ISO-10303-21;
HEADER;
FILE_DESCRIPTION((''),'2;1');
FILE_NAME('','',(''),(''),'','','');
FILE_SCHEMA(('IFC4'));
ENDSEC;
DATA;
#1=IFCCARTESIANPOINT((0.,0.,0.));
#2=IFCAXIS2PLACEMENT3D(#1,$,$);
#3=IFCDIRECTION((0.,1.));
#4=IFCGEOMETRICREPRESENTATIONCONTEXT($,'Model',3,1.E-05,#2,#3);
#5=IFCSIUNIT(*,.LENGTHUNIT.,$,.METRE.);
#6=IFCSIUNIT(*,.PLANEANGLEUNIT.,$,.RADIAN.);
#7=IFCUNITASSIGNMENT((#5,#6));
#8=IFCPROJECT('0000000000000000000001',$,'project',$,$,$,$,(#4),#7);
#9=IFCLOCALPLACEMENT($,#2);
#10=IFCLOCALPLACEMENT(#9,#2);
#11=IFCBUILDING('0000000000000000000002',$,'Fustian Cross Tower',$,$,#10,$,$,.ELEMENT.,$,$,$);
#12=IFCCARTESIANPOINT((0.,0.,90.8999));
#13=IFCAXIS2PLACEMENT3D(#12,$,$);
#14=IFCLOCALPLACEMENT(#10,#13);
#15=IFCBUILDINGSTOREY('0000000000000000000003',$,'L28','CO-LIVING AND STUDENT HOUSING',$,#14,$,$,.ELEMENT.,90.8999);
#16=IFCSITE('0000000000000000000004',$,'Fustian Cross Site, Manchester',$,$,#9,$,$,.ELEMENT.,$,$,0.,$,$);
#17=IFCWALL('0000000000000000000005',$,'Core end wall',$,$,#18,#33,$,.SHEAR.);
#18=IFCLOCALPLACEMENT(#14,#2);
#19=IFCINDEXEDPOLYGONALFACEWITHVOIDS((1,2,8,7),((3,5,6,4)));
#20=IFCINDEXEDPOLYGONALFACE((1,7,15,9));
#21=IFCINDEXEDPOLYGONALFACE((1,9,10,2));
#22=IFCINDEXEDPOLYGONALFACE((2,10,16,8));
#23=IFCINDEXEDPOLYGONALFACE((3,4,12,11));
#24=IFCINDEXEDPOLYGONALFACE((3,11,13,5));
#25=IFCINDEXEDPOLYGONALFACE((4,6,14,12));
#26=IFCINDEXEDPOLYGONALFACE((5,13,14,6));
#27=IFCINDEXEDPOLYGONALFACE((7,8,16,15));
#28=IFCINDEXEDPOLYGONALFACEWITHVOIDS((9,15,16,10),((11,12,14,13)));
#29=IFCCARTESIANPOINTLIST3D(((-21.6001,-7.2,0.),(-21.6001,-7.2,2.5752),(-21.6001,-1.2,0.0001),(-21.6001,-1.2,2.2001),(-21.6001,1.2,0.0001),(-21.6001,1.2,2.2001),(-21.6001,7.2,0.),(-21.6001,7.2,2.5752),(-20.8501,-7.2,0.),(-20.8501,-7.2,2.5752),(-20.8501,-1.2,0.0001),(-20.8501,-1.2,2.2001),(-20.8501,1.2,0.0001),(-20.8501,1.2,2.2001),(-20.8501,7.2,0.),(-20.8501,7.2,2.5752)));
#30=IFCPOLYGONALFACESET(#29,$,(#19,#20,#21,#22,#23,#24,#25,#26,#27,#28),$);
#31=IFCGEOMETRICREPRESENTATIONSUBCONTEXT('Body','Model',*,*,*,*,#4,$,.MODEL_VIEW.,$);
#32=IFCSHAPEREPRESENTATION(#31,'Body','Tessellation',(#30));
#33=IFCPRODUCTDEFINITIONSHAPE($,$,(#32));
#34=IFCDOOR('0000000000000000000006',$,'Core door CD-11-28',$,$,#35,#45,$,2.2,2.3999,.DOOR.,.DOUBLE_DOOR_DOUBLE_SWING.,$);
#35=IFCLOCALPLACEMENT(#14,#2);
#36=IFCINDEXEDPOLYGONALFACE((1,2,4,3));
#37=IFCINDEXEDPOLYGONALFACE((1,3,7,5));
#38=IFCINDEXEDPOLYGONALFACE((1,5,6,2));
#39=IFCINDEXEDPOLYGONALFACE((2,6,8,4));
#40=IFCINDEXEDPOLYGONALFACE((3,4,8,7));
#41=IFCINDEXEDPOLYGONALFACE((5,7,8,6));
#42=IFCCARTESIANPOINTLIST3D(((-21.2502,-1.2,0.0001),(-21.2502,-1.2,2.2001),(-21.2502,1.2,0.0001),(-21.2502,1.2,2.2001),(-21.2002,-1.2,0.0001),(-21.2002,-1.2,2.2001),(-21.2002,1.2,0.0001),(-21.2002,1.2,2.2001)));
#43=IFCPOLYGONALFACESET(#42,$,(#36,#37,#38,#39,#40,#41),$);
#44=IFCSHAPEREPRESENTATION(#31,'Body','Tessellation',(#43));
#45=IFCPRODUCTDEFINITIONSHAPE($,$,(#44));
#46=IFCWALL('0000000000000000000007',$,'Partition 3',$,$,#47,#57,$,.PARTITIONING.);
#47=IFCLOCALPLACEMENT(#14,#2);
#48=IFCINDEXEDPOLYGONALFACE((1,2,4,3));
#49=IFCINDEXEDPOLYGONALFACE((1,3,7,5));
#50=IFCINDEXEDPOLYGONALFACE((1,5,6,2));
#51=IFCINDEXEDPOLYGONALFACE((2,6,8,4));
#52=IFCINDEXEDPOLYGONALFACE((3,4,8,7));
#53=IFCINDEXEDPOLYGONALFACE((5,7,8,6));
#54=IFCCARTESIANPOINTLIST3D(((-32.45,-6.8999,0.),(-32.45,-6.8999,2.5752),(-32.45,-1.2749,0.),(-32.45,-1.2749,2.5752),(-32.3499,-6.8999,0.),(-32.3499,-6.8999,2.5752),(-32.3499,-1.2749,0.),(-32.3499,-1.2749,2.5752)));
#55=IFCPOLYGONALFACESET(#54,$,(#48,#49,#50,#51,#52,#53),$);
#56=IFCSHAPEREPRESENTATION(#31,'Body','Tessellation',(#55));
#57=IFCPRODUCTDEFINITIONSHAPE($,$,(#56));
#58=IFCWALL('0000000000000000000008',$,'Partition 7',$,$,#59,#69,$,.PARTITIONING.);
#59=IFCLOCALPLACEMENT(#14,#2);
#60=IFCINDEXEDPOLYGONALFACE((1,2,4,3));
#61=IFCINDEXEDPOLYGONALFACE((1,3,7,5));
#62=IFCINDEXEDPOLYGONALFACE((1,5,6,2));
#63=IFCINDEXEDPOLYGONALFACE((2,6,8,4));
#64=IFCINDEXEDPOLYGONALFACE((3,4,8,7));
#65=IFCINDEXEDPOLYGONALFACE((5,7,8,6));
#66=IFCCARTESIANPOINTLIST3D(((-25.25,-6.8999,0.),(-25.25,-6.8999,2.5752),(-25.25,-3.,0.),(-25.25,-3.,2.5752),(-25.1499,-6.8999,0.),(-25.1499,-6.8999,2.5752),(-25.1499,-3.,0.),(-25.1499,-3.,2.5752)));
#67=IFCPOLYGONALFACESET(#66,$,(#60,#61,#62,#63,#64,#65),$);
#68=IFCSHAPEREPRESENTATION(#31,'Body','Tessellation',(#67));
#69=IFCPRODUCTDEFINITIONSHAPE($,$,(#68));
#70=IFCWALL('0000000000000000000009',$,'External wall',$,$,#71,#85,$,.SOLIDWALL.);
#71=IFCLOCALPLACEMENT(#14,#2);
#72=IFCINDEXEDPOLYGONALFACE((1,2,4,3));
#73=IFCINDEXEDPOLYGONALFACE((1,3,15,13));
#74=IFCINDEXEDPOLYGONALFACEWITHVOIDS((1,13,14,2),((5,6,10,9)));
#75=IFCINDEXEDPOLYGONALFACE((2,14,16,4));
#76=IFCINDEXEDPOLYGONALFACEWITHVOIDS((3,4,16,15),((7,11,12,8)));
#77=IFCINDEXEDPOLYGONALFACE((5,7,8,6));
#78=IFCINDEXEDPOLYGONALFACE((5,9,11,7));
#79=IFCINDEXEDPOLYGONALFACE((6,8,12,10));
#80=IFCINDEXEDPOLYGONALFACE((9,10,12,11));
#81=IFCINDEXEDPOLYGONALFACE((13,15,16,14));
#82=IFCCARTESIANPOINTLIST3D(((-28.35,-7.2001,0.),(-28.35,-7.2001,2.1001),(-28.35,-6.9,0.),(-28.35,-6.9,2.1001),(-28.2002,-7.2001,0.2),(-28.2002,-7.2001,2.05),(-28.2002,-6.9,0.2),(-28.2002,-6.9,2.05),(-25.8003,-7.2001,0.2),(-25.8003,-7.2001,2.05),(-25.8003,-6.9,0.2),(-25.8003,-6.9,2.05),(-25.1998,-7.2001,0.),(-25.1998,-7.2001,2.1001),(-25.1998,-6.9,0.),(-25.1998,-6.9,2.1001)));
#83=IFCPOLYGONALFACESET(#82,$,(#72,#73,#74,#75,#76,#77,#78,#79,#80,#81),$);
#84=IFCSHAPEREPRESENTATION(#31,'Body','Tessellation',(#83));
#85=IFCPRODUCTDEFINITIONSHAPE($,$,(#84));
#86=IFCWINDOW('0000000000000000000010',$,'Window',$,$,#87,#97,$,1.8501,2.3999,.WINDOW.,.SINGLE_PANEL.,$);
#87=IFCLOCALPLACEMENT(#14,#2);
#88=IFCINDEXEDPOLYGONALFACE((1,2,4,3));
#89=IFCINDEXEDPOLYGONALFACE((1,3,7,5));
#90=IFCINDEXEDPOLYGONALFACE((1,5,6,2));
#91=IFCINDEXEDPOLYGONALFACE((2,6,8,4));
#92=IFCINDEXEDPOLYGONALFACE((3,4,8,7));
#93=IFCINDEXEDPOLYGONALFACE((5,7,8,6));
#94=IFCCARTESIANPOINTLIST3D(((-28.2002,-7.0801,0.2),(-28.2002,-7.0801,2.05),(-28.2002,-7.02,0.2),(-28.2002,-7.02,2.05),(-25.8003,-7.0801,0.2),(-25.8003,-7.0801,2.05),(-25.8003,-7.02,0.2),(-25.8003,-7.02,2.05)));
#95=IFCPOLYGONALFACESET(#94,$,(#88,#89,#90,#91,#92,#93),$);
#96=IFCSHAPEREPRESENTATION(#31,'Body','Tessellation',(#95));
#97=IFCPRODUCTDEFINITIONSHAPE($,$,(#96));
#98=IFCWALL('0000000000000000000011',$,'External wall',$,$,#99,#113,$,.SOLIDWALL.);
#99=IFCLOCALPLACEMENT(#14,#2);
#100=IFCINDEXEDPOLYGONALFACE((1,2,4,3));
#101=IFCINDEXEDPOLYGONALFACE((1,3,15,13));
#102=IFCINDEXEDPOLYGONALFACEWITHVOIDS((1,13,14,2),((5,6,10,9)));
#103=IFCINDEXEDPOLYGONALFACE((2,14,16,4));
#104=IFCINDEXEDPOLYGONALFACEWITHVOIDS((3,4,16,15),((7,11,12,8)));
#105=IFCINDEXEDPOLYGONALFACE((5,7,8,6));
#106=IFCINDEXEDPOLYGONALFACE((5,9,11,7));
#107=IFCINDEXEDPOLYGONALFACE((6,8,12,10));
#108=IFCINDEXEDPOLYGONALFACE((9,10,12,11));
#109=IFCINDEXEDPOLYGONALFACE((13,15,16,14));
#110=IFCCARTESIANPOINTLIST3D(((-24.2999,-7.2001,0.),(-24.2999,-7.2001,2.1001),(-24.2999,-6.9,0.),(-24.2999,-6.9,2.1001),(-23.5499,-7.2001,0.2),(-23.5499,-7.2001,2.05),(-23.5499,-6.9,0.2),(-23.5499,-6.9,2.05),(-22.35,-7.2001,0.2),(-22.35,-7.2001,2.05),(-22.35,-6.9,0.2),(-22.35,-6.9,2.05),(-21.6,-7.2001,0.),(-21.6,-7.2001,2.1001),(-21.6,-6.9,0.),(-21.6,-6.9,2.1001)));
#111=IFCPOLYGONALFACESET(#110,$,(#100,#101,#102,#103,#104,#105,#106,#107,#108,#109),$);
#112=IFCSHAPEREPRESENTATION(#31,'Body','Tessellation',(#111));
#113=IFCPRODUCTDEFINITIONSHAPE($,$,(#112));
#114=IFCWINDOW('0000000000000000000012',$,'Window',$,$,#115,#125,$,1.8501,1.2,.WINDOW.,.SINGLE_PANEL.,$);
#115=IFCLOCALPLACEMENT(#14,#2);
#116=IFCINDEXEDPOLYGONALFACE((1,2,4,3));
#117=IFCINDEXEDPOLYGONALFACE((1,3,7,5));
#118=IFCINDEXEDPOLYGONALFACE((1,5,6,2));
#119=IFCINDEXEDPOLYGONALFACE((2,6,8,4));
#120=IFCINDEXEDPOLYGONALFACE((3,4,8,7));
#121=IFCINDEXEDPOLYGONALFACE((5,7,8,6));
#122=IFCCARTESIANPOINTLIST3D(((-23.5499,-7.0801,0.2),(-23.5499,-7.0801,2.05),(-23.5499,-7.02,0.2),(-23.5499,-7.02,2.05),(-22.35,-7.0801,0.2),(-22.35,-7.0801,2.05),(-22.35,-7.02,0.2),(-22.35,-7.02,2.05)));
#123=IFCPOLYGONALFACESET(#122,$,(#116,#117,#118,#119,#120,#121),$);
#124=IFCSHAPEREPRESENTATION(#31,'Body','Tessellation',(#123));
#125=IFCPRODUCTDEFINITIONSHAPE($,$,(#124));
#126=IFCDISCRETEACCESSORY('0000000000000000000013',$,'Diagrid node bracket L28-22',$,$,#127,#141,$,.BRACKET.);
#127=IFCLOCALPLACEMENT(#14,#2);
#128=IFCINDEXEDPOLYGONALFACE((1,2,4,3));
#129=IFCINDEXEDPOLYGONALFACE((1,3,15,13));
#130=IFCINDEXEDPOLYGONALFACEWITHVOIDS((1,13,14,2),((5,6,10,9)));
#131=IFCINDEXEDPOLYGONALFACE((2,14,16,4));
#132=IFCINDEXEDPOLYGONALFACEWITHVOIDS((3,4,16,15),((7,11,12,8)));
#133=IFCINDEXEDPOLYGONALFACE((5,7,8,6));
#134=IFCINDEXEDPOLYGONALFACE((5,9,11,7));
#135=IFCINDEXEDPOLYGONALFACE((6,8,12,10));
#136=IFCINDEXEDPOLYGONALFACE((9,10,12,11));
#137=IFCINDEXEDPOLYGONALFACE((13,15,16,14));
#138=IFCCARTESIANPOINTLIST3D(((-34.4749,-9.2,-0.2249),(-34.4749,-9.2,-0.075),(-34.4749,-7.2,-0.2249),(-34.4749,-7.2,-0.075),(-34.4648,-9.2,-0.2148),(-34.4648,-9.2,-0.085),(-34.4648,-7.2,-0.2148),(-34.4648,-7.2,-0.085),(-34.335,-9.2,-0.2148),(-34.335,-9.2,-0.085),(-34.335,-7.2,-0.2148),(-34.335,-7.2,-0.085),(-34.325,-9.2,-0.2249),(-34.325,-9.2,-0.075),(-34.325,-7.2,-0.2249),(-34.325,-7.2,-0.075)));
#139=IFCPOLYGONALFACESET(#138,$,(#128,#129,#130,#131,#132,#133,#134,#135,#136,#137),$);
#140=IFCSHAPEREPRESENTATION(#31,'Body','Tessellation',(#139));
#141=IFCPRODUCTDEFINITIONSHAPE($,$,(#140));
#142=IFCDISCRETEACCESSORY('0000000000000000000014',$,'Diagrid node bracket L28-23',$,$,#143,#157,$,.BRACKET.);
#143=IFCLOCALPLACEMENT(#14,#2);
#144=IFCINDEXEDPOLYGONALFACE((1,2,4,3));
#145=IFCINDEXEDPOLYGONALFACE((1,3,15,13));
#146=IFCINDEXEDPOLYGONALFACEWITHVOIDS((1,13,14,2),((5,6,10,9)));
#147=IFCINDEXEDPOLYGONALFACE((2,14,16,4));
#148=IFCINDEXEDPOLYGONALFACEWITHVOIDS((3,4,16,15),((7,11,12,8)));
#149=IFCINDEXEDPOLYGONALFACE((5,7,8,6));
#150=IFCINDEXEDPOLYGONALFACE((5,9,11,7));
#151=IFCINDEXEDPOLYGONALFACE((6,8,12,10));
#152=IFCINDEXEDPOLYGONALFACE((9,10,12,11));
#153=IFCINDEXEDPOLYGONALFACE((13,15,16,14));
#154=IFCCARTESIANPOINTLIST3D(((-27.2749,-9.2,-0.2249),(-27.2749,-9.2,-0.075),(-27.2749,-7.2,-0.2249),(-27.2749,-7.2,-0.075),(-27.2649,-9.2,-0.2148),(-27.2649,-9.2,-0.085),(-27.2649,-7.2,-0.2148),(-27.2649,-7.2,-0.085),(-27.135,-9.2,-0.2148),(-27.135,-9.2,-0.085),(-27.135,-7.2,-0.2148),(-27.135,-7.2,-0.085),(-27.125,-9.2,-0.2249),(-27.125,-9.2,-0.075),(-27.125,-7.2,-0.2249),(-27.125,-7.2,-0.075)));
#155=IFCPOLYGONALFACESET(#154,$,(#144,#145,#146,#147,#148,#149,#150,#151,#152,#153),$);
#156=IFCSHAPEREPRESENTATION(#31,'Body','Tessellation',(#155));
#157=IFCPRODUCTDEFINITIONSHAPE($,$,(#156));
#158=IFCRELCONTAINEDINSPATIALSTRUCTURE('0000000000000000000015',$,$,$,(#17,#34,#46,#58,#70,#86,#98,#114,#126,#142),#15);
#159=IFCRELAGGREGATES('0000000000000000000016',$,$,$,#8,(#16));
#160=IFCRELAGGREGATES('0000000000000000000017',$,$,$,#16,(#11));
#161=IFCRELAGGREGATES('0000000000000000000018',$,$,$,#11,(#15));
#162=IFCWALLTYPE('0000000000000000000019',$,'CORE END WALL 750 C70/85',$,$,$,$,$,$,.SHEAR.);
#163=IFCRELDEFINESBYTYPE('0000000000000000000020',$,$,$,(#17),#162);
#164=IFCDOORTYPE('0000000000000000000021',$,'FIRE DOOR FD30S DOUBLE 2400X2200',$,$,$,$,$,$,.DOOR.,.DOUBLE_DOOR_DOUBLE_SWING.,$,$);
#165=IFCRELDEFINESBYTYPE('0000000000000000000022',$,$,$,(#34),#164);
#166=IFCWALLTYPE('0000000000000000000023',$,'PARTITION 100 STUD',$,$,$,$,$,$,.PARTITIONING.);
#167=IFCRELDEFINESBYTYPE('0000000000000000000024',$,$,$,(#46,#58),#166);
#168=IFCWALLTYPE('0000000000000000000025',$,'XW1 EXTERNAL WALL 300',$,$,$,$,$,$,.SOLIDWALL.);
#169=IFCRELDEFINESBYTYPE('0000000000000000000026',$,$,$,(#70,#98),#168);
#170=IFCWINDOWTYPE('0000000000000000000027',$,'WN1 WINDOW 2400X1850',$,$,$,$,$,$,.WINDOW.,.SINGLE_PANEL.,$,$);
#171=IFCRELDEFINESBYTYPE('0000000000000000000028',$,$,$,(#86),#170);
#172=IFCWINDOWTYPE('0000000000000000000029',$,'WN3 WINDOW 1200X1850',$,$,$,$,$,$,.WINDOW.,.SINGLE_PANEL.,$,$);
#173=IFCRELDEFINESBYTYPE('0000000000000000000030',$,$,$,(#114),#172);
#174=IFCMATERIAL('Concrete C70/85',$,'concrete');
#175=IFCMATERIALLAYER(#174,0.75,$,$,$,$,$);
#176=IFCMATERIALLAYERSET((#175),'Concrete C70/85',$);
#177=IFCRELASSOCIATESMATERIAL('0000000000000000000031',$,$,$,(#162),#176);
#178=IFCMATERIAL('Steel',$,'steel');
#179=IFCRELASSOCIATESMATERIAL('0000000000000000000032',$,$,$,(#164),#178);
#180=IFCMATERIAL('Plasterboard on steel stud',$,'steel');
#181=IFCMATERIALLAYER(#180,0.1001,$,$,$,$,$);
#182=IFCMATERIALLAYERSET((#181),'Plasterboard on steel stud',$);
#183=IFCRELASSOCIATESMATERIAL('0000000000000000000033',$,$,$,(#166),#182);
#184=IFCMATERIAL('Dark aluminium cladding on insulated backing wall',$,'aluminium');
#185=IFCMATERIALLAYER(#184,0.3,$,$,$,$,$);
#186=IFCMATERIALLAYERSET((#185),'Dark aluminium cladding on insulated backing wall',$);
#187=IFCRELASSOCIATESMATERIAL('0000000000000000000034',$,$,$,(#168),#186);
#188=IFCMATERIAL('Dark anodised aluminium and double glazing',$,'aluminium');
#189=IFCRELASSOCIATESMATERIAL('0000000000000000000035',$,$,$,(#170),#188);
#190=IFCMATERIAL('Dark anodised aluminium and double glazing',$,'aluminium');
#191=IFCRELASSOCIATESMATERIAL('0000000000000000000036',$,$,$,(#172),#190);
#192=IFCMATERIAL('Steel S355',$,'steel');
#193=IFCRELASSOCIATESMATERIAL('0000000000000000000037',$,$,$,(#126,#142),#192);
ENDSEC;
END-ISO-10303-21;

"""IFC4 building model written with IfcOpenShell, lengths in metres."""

from ifc_helpers import new_model, si_unit, direction, frame, frame_2d, origin, origin_2d, place, context, subcontext, project, spatial, rectangle, hollow_rectangle, extrude, material, layer, layer_set, type_object, element, fill, save


model = new_model("IFC4")

# Units and contexts
model_context = context("Model", 3, precision=1e-05, world=origin(), true_north=direction((0.0, 1.0)))
body_context = subcontext(model_context, "Body", "Model", "MODEL_VIEW")
ifc_project = project(units=[si_unit("LENGTHUNIT", "METRE"), si_unit("PLANEANGLEUNIT", "RADIAN")], contexts=[model_context])

# Site, building, storey
site_placement = place(None, origin())
site = spatial("IfcSite", under=ifc_project, at=site_placement, Name="Fustian Cross Site, Manchester", CompositionType="ELEMENT", RefElevation=0.0)
building_placement = place(site_placement, origin())
building = spatial("IfcBuilding", under=site, at=building_placement, Name="Fustian Cross Tower", CompositionType="ELEMENT")
storey_placement = place(building_placement, frame((0.0, 0.0, 90.8999)))
storey = spatial("IfcBuildingStorey", under=building, at=storey_placement, Name="L28", Description="CO-LIVING AND STUDENT HOUSING", CompositionType="ELEMENT", Elevation=90.8999)

# Wall, opening, door
ifc_material_1 = material(Name="Concrete C70/85", Category="concrete")
ifc_layer_1 = layer(ifc_material_1, 0.75)
ifc_layer_set_1 = layer_set([ifc_layer_1], Name="Concrete C70/85")
wall_type_1 = type_object("IfcWallType", Name="CORE END WALL 750 C70/85", PredefinedType="SHEAR", material=ifc_layer_set_1)
wall_1_placement = place(storey_placement, frame((-21.2251, -7.2, 0.0), z_axis=(0.0, 0.0, 1.0), x_axis=(0.0, 1.0, 0.0)))
wall_1 = element("IfcWall", 1, at=wall_1_placement, inside=storey, type_object=wall_type_1, Name="Core end wall", PredefinedType="SHEAR", context=body_context, shape_type="SweptSolid", body=[
    extrude(rectangle(XDim=14.3999, YDim=0.75, at=frame_2d((7.2, 0.0))), origin(), (0.0, 0.0, 1.0), 2.5752),
])
opening_1_placement = place(wall_1_placement, frame((6.0, 0.0, 0.0)))
opening_1 = element("IfcOpeningElement", 2, at=opening_1_placement, cuts=wall_1, PredefinedType="OPENING", context=body_context, shape_type="SweptSolid", body=[
    extrude(rectangle(XDim=2.3999, YDim=2.2, at=frame_2d((1.2, 1.1001))), frame((0.0, 0.385, 0.0), z_axis=(0.0, -1.0, 0.0), x_axis=(1.0, 0.0, 0.0)), (0.0, 0.0, 1.0), 0.77),
])
ifc_material_2 = material(Name="Steel", Category="steel")
door_type = type_object("IfcDoorType", Name="FIRE DOOR FD30S DOUBLE 2400X2200", OperationType="DOUBLE_DOOR_DOUBLE_SWING", PredefinedType="DOOR", material=ifc_material_2)
door_placement = place(opening_1_placement, frame((2.3999, 0.0, 0.0), z_axis=(0.0, 0.0, 1.0), x_axis=(-1.0, 0.0, 0.0)))
door = element("IfcDoor", 3, at=door_placement, inside=storey, type_object=door_type, Name="Core door CD-11-28", OperationType="DOUBLE_DOOR_DOUBLE_SWING", OverallHeight=2.2, OverallWidth=2.3999, PredefinedType="DOOR", context=body_context, shape_type="SweptSolid", body=[
    extrude(rectangle(XDim=2.3999, YDim=2.2, at=frame_2d((1.2, 1.1001))), frame((0.0, 0.0249, 0.0), z_axis=(0.0, -1.0, 0.0), x_axis=(1.0, 0.0, 0.0)), (0.0, 0.0, 1.0), 0.05),
])
fill(opening_1, door)

# Walls
ifc_material_3 = material(Name="Plasterboard on steel stud", Category="steel")
ifc_layer_2 = layer(ifc_material_3, 0.1001)
ifc_layer_set_2 = layer_set([ifc_layer_2], Name="Plasterboard on steel stud")
wall_type_2 = type_object("IfcWallType", Name="PARTITION 100 STUD", PredefinedType="PARTITIONING", material=ifc_layer_set_2)
wall_2_placement = place(storey_placement, frame((-32.3999, -6.8999, 0.0), z_axis=(0.0, 0.0, 1.0), x_axis=(0.0, 1.0, 0.0)))
element("IfcWall", 4, at=wall_2_placement, inside=storey, type_object=wall_type_2, Name="Partition 3", PredefinedType="PARTITIONING", context=body_context, shape_type="SweptSolid", body=[
    extrude(rectangle(XDim=5.625, YDim=0.1001, at=frame_2d((2.8125, 0.0))), origin(), (0.0, 0.0, 1.0), 2.5752),
])
wall_3_placement = place(storey_placement, frame((-25.2, -6.8999, 0.0), z_axis=(0.0, 0.0, 1.0), x_axis=(0.0, 1.0, 0.0)))
element("IfcWall", 5, at=wall_3_placement, inside=storey, type_object=wall_type_2, Name="Partition 7", PredefinedType="PARTITIONING", context=body_context, shape_type="SweptSolid", body=[
    extrude(rectangle(XDim=3.8999, YDim=0.1001, at=frame_2d((1.95, 0.0))), origin(), (0.0, 0.0, 1.0), 2.5752),
])

# Walls, openings, windows
ifc_material_4 = material(Name="Dark aluminium cladding on insulated backing wall", Category="aluminium")
ifc_layer_3 = layer(ifc_material_4, 0.3)
ifc_layer_set_3 = layer_set([ifc_layer_3], Name="Dark aluminium cladding on insulated backing wall")
wall_type_3 = type_object("IfcWallType", Name="XW1 EXTERNAL WALL 300", PredefinedType="SOLIDWALL", material=ifc_layer_set_3)
wall_4_placement = place(storey_placement, frame((-28.3501, -7.05, 0.0), z_axis=(0.0, 0.0, 1.0), x_axis=(1.0, 0.0, 0.0)))
wall_4 = element("IfcWall", 6, at=wall_4_placement, inside=storey, type_object=wall_type_3, Name="External wall", PredefinedType="SOLIDWALL", context=body_context, shape_type="SweptSolid", body=[
    extrude(rectangle(XDim=3.1501, YDim=0.3, at=frame_2d((1.5752, 0.0))), origin(), (0.0, 0.0, 1.0), 2.1001),
])
opening_2_placement = place(wall_4_placement, frame((0.1499, 0.0, 0.2)))
opening_2 = element("IfcOpeningElement", 7, at=opening_2_placement, cuts=wall_4, PredefinedType="OPENING", context=body_context, shape_type="SweptSolid", body=[
    extrude(rectangle(XDim=2.3999, YDim=1.8501, at=frame_2d((1.2, 0.925))), frame((0.0, 0.1599, 0.0), z_axis=(0.0, -1.0, 0.0), x_axis=(1.0, 0.0, 0.0)), (0.0, 0.0, 1.0), 0.3201),
])
ifc_material_5 = material(Name="Dark anodised aluminium and double glazing", Category="aluminium")
window_type_1 = type_object("IfcWindowType", Name="WN1 WINDOW 2400X1850", PartitioningType="SINGLE_PANEL", PredefinedType="WINDOW", material=ifc_material_5)
window_1_placement = place(opening_2_placement, origin())
window_1 = element("IfcWindow", 8, at=window_1_placement, inside=storey, type_object=window_type_1, Name="Window", OverallHeight=1.8501, OverallWidth=2.3999, PartitioningType="SINGLE_PANEL", PredefinedType="WINDOW", context=body_context, shape_type="SweptSolid", body=[
    extrude(rectangle(XDim=2.3999, YDim=1.8501, at=frame_2d((1.2, 0.925))), frame((0.0, 0.03, 0.0), z_axis=(0.0, -1.0, 0.0), x_axis=(1.0, 0.0, 0.0)), (0.0, 0.0, 1.0), 0.0601),
])
fill(opening_2, window_1)
wall_5_placement = place(storey_placement, frame((-24.3, -7.05, 0.0), z_axis=(0.0, 0.0, 1.0), x_axis=(1.0, 0.0, 0.0)))
wall_5 = element("IfcWall", 9, at=wall_5_placement, inside=storey, type_object=wall_type_3, Name="External wall", PredefinedType="SOLIDWALL", context=body_context, shape_type="SweptSolid", body=[
    extrude(rectangle(XDim=2.7, YDim=0.3, at=frame_2d((1.3501, 0.0))), origin(), (0.0, 0.0, 1.0), 2.1001),
])
opening_3_placement = place(wall_5_placement, frame((0.75, 0.0, 0.2)))
opening_3 = element("IfcOpeningElement", 10, at=opening_3_placement, cuts=wall_5, PredefinedType="OPENING", context=body_context, shape_type="SweptSolid", body=[
    extrude(rectangle(XDim=1.2, YDim=1.8501, at=frame_2d((0.6001, 0.925))), frame((0.0, 0.1599, 0.0), z_axis=(0.0, -1.0, 0.0), x_axis=(1.0, 0.0, 0.0)), (0.0, 0.0, 1.0), 0.3201),
])
ifc_material_6 = material(Name="Dark anodised aluminium and double glazing", Category="aluminium")
window_type_2 = type_object("IfcWindowType", Name="WN3 WINDOW 1200X1850", PartitioningType="SINGLE_PANEL", PredefinedType="WINDOW", material=ifc_material_6)
window_2_placement = place(opening_3_placement, origin())
window_2 = element("IfcWindow", 11, at=window_2_placement, inside=storey, type_object=window_type_2, Name="Window", OverallHeight=1.8501, OverallWidth=1.2, PartitioningType="SINGLE_PANEL", PredefinedType="WINDOW", context=body_context, shape_type="SweptSolid", body=[
    extrude(rectangle(XDim=1.2, YDim=1.8501, at=frame_2d((0.6001, 0.925))), frame((0.0, 0.03, 0.0), z_axis=(0.0, -1.0, 0.0), x_axis=(1.0, 0.0, 0.0)), (0.0, 0.0, 1.0), 0.0601),
])
fill(opening_3, window_2)

# Discrete accessories
ifc_material_7 = material(Name="Steel S355", Category="steel")
for number, where, z_axis, x_axis, name in (
    (12, (-34.3999, -9.2, -0.1499), (0.0, 1.0, 0.0), (-1.0, 0.0, 0.0), "Diagrid node bracket L28-22"),
    (13, (-27.2, -9.2, -0.1499), (0.0, 1.0, 0.0), (-1.0, 0.0, 0.0), "Diagrid node bracket L28-23"),
):
    element("IfcDiscreteAccessory", number, at=place(storey_placement, frame(where, z_axis=z_axis, x_axis=x_axis)), inside=storey, material=ifc_material_7, Name=name, PredefinedType="BRACKET", context=body_context, shape_type="SweptSolid", body=[
        extrude(hollow_rectangle(XDim=0.1499, YDim=0.1499, WallThickness=0.01, at=origin_2d()), origin(), (0.0, 0.0, 1.0), 2.0),
    ])

save(model, "model.ifc")
